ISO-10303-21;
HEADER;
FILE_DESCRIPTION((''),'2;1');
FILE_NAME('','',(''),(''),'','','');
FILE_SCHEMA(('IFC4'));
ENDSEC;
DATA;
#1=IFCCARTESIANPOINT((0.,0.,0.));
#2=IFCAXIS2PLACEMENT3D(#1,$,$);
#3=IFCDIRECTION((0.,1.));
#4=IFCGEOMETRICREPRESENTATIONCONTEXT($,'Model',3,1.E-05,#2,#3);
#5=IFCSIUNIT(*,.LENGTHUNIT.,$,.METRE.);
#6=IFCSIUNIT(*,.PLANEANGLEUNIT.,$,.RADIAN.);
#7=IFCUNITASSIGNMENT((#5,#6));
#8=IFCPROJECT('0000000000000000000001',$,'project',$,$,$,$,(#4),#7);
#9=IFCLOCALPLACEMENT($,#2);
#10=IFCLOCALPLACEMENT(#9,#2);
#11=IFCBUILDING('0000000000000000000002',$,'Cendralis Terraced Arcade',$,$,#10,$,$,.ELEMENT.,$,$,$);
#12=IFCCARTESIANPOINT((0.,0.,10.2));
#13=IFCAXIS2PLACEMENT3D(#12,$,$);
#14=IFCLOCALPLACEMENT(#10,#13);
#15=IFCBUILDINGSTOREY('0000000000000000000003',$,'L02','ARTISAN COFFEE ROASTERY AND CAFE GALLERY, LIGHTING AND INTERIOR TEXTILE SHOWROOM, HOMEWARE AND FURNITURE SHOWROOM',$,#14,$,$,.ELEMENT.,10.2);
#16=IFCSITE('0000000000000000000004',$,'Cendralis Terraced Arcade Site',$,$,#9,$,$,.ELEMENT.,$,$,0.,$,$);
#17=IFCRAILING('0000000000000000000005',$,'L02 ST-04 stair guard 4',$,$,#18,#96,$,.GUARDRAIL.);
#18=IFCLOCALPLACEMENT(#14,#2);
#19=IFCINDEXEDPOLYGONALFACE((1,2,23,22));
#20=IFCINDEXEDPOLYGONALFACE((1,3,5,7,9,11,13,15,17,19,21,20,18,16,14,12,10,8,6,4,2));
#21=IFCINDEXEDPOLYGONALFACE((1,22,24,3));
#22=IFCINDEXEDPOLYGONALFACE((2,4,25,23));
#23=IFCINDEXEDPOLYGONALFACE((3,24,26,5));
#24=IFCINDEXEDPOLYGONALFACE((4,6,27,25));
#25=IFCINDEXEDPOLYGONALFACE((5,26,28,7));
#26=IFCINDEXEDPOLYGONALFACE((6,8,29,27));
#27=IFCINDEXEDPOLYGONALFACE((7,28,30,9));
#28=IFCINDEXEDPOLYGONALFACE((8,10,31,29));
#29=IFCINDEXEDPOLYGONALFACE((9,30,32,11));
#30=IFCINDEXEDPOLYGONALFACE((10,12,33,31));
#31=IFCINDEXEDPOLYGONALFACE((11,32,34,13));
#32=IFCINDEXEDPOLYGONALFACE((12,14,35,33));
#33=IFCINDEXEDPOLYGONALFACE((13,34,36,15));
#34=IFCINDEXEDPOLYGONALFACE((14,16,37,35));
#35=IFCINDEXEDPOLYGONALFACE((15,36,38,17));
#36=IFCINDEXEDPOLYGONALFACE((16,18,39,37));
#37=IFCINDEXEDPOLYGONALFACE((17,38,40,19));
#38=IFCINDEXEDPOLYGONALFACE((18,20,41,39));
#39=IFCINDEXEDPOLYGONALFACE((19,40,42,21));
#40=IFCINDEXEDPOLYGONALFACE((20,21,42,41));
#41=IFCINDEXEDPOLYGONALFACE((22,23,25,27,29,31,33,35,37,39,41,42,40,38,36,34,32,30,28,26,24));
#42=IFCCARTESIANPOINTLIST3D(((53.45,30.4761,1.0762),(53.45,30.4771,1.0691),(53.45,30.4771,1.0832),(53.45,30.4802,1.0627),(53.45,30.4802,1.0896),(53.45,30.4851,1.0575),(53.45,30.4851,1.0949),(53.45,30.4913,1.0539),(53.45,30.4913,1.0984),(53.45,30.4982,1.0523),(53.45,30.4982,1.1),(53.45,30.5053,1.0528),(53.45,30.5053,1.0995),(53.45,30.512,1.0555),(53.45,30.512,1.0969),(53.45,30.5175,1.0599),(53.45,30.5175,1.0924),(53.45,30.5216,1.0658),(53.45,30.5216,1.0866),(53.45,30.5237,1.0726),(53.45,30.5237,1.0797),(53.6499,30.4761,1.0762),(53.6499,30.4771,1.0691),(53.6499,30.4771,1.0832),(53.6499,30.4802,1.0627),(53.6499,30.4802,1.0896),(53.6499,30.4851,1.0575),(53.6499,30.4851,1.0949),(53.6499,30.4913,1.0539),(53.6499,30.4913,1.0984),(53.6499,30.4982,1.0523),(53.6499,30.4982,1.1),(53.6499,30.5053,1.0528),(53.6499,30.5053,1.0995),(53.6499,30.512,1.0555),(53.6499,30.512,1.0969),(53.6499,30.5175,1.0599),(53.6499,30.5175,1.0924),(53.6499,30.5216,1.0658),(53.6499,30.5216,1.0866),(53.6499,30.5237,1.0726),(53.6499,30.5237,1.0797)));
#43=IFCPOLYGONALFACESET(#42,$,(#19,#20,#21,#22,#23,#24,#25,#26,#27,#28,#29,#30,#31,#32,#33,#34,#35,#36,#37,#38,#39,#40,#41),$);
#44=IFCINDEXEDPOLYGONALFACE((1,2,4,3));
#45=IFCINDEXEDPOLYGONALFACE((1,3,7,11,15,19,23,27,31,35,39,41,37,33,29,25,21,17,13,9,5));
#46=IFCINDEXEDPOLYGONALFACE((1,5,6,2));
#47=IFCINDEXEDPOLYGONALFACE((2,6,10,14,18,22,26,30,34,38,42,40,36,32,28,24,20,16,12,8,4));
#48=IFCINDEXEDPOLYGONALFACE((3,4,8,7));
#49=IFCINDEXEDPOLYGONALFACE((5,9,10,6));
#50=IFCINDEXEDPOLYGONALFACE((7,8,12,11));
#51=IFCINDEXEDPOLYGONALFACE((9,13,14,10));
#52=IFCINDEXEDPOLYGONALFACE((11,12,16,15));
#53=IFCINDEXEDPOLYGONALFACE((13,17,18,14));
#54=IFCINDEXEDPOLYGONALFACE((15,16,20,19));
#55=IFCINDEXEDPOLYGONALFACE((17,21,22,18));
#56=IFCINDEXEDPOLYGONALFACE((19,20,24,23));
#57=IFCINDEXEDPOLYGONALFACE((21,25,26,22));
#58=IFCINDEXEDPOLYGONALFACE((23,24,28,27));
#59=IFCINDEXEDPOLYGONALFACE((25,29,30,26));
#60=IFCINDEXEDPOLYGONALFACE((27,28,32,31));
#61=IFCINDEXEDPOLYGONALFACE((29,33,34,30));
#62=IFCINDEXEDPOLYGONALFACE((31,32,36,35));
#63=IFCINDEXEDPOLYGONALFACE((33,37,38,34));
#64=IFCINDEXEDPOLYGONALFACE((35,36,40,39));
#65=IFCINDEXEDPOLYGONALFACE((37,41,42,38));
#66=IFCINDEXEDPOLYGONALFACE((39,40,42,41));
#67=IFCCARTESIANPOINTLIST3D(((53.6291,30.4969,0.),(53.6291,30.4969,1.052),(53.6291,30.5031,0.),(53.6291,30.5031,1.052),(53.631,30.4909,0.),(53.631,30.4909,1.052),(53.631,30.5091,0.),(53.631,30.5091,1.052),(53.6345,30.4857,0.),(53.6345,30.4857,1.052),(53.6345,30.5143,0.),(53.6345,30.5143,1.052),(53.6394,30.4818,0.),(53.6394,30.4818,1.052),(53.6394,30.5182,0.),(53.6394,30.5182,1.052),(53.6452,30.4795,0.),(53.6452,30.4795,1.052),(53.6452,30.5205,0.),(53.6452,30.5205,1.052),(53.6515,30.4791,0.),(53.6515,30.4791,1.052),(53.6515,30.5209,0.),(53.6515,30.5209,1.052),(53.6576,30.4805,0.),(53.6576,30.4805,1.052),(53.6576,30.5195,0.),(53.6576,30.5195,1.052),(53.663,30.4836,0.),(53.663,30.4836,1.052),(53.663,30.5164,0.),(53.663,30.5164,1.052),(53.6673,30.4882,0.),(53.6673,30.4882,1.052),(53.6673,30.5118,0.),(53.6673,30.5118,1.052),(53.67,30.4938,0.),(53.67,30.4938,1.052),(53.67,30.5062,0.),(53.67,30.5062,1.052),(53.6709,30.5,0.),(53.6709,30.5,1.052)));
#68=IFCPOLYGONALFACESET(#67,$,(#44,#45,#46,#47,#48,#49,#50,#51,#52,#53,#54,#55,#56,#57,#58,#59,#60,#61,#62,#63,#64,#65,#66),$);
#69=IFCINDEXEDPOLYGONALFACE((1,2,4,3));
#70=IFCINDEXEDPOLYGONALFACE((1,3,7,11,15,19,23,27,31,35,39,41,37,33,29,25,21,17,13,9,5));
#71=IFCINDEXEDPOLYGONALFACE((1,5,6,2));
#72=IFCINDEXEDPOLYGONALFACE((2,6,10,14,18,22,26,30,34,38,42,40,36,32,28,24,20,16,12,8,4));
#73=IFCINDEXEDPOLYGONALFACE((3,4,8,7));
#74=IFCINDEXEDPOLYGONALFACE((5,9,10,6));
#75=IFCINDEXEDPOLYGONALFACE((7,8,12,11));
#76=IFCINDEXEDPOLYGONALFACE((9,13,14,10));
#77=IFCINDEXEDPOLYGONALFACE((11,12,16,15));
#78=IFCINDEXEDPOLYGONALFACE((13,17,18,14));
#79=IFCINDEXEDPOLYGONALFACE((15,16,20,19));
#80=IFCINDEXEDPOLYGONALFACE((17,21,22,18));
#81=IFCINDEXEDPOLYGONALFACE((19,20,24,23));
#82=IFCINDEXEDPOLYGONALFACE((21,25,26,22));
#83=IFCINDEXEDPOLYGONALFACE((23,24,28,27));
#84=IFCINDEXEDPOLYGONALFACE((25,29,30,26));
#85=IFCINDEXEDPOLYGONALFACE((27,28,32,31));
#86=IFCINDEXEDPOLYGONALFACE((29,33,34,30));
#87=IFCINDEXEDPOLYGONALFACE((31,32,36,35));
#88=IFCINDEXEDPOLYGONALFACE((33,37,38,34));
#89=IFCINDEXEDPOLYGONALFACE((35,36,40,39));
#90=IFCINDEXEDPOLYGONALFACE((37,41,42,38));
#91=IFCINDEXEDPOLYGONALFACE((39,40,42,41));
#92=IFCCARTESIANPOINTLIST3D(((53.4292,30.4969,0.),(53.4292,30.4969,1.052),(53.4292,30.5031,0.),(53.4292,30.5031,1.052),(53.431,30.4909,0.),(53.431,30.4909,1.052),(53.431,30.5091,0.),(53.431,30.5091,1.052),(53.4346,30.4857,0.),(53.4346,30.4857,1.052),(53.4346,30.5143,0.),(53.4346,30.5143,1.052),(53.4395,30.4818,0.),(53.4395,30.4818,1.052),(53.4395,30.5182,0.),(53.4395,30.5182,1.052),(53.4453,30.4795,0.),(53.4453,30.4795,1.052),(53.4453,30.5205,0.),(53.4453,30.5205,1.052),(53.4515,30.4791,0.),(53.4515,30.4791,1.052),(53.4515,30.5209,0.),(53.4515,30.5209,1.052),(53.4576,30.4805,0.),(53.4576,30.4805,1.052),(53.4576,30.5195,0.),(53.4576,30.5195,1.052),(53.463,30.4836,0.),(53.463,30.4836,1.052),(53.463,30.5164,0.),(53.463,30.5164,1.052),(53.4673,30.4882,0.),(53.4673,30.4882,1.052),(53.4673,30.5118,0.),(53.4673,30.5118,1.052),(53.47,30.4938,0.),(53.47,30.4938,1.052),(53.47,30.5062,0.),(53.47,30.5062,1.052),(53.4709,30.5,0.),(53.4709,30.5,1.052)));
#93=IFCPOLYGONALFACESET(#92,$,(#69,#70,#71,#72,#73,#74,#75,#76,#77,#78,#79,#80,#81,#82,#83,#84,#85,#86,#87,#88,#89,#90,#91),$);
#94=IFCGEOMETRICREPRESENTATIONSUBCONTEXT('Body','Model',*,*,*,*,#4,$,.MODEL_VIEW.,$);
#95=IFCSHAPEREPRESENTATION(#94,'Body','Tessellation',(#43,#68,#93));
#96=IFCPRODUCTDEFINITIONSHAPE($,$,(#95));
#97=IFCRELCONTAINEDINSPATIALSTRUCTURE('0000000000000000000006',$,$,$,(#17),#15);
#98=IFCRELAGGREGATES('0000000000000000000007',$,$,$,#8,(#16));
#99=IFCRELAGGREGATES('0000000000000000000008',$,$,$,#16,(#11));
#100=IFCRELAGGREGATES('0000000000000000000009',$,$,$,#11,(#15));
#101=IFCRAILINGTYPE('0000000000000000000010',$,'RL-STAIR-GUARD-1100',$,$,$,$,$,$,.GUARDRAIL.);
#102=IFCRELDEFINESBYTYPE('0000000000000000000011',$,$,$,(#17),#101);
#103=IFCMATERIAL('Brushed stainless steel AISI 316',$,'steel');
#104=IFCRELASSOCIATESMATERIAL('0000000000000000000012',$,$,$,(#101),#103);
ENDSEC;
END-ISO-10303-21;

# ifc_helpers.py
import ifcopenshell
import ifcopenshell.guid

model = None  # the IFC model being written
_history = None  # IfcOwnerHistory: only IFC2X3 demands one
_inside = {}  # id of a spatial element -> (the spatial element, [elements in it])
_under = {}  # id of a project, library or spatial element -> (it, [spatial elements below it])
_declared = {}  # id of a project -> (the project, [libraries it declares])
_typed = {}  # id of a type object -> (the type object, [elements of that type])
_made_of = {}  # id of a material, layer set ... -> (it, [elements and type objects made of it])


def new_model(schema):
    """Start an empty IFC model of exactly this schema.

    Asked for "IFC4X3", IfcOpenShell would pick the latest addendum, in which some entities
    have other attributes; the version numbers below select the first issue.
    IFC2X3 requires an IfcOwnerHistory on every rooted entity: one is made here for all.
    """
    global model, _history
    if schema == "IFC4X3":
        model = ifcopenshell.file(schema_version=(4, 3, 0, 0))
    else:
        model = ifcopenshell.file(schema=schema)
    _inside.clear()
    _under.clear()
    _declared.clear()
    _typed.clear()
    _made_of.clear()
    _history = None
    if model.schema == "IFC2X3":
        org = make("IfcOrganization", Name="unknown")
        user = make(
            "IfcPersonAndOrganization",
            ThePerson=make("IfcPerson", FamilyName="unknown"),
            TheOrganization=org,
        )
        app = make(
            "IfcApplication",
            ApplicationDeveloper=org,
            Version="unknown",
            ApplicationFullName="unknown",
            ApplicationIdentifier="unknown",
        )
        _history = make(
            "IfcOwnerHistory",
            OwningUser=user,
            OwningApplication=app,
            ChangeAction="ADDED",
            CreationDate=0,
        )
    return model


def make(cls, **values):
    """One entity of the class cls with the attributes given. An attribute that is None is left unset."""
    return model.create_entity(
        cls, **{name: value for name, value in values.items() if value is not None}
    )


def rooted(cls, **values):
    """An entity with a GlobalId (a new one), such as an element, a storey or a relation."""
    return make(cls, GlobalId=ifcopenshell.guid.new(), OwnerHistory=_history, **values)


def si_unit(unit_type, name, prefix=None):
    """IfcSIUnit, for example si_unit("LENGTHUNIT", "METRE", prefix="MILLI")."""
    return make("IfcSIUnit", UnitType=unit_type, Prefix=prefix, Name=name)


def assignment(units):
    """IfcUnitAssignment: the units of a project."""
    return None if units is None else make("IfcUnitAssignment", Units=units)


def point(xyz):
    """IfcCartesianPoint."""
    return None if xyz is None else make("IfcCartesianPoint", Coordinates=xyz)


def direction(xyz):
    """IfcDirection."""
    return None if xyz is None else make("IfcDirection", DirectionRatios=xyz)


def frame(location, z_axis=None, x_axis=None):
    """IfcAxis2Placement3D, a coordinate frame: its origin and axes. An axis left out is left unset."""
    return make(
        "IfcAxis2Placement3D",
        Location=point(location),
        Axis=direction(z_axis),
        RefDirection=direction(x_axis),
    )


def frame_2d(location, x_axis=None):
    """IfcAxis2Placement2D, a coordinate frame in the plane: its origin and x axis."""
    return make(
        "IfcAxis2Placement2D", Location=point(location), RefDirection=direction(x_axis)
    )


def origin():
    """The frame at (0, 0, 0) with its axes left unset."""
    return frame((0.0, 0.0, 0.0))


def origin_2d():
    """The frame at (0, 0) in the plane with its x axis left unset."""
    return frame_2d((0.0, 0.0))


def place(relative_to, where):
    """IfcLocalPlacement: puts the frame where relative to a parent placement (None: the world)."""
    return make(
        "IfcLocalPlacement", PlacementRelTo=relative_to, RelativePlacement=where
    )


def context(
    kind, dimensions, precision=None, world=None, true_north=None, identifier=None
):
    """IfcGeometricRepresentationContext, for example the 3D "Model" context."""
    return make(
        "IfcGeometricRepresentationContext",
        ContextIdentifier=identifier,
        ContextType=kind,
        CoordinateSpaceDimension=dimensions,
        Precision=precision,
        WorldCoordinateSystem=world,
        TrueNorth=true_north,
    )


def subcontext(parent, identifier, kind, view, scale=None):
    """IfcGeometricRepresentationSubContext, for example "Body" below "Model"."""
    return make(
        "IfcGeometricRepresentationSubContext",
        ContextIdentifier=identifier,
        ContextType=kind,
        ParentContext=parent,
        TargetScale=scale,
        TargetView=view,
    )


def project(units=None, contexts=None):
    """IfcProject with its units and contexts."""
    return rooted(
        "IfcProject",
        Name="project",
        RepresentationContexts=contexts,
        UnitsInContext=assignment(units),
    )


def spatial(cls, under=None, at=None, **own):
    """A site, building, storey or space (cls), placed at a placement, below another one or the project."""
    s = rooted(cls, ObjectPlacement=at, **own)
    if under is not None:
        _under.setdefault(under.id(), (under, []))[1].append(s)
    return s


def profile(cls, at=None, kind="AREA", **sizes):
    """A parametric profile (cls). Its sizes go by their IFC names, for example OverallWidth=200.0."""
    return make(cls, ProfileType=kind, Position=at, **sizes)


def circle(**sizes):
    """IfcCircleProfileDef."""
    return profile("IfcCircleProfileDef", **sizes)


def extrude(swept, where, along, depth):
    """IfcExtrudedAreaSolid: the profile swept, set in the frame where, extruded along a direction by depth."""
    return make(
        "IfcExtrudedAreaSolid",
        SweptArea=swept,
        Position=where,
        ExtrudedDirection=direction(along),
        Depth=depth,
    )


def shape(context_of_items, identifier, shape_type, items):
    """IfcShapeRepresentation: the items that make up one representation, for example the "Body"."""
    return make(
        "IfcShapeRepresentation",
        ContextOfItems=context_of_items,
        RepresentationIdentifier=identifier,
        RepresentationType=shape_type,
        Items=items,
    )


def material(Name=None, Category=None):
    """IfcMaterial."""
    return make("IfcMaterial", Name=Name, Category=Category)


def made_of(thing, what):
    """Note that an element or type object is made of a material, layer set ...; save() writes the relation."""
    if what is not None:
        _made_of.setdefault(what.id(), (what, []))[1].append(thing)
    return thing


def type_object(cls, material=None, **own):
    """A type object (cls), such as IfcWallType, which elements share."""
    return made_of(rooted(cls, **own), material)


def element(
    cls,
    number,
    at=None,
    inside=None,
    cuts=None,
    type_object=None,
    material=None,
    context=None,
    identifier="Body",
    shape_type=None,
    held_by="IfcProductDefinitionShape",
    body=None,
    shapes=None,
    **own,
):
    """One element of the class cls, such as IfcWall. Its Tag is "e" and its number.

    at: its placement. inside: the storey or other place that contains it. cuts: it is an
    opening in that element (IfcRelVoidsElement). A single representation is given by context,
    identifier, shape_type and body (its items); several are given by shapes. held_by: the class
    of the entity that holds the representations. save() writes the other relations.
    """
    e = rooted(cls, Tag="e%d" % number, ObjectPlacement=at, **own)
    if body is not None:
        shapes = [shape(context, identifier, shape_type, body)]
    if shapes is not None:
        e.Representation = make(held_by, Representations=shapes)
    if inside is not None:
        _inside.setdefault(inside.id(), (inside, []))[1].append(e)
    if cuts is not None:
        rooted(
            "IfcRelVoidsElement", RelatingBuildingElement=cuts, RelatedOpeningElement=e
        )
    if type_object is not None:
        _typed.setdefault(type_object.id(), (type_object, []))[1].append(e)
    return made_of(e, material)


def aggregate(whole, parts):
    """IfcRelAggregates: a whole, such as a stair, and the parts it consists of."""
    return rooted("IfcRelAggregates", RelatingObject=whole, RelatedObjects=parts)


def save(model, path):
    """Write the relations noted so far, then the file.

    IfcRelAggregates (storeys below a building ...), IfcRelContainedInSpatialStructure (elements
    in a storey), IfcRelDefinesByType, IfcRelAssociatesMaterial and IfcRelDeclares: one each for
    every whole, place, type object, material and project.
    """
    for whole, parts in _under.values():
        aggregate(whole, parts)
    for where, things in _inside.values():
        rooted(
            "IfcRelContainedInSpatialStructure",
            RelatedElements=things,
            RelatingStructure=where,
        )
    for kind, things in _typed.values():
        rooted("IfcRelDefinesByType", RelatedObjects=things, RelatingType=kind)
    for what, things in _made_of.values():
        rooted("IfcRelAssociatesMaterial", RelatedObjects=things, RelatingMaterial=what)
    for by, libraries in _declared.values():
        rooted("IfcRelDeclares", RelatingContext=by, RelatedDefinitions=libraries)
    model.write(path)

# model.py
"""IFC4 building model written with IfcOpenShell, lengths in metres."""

from ifc_helpers import new_model, si_unit, direction, frame, origin, origin_2d, place, context, subcontext, project, spatial, circle, extrude, material, type_object, element, save


model = new_model("IFC4")

# Units and contexts
model_context = context("Model", 3, precision=1e-05, world=origin(), true_north=direction((0.0, 1.0)))
body_context = subcontext(model_context, "Body", "Model", "MODEL_VIEW")
ifc_project = project(units=[si_unit("LENGTHUNIT", "METRE"), si_unit("PLANEANGLEUNIT", "RADIAN")], contexts=[model_context])

# Site, building, storey
site_placement = place(None, origin())
site = spatial("IfcSite", under=ifc_project, at=site_placement, Name="Cendralis Terraced Arcade Site", CompositionType="ELEMENT", RefElevation=0.0)
building_placement = place(site_placement, origin())
building = spatial("IfcBuilding", under=site, at=building_placement, Name="Cendralis Terraced Arcade", CompositionType="ELEMENT")
storey_placement = place(building_placement, frame((0.0, 0.0, 10.2)))
storey = spatial("IfcBuildingStorey", under=building, at=storey_placement, Name="L02", Description="ARTISAN COFFEE ROASTERY AND CAFE GALLERY, LIGHTING AND INTERIOR TEXTILE SHOWROOM, HOMEWARE AND FURNITURE SHOWROOM", CompositionType="ELEMENT", Elevation=10.2)

# Railing
ifc_material_1 = material(Name="Brushed stainless steel AISI 316", Category="steel")
railing_type_1 = type_object("IfcRailingType", Name="RL-STAIR-GUARD-1100", PredefinedType="GUARDRAIL", material=ifc_material_1)
railing_1_placement = place(storey_placement, frame((53.6499, 30.5, 0.0)))
element("IfcRailing", 1, at=railing_1_placement, inside=storey, type_object=railing_type_1, Name="L02 ST-04 stair guard 4", PredefinedType="GUARDRAIL", context=body_context, shape_type="SweptSolid", body=[
    extrude(circle(Radius=0.0239, at=origin_2d()), frame((0.0, 0.0, 1.0762), z_axis=(-1.0, 0.0, 0.0), x_axis=(0.0, -1.0, 0.0)), (0.0, 0.0, 1.0), 0.2),
    extrude(circle(Radius=0.021, at=origin_2d()), origin(), (0.0, 0.0, 1.0), 1.052),
    extrude(circle(Radius=0.021, at=origin_2d()), frame((-0.2, 0.0, 0.0)), (0.0, 0.0, 1.0), 1.052),
])

save(model, "model.ifc")
